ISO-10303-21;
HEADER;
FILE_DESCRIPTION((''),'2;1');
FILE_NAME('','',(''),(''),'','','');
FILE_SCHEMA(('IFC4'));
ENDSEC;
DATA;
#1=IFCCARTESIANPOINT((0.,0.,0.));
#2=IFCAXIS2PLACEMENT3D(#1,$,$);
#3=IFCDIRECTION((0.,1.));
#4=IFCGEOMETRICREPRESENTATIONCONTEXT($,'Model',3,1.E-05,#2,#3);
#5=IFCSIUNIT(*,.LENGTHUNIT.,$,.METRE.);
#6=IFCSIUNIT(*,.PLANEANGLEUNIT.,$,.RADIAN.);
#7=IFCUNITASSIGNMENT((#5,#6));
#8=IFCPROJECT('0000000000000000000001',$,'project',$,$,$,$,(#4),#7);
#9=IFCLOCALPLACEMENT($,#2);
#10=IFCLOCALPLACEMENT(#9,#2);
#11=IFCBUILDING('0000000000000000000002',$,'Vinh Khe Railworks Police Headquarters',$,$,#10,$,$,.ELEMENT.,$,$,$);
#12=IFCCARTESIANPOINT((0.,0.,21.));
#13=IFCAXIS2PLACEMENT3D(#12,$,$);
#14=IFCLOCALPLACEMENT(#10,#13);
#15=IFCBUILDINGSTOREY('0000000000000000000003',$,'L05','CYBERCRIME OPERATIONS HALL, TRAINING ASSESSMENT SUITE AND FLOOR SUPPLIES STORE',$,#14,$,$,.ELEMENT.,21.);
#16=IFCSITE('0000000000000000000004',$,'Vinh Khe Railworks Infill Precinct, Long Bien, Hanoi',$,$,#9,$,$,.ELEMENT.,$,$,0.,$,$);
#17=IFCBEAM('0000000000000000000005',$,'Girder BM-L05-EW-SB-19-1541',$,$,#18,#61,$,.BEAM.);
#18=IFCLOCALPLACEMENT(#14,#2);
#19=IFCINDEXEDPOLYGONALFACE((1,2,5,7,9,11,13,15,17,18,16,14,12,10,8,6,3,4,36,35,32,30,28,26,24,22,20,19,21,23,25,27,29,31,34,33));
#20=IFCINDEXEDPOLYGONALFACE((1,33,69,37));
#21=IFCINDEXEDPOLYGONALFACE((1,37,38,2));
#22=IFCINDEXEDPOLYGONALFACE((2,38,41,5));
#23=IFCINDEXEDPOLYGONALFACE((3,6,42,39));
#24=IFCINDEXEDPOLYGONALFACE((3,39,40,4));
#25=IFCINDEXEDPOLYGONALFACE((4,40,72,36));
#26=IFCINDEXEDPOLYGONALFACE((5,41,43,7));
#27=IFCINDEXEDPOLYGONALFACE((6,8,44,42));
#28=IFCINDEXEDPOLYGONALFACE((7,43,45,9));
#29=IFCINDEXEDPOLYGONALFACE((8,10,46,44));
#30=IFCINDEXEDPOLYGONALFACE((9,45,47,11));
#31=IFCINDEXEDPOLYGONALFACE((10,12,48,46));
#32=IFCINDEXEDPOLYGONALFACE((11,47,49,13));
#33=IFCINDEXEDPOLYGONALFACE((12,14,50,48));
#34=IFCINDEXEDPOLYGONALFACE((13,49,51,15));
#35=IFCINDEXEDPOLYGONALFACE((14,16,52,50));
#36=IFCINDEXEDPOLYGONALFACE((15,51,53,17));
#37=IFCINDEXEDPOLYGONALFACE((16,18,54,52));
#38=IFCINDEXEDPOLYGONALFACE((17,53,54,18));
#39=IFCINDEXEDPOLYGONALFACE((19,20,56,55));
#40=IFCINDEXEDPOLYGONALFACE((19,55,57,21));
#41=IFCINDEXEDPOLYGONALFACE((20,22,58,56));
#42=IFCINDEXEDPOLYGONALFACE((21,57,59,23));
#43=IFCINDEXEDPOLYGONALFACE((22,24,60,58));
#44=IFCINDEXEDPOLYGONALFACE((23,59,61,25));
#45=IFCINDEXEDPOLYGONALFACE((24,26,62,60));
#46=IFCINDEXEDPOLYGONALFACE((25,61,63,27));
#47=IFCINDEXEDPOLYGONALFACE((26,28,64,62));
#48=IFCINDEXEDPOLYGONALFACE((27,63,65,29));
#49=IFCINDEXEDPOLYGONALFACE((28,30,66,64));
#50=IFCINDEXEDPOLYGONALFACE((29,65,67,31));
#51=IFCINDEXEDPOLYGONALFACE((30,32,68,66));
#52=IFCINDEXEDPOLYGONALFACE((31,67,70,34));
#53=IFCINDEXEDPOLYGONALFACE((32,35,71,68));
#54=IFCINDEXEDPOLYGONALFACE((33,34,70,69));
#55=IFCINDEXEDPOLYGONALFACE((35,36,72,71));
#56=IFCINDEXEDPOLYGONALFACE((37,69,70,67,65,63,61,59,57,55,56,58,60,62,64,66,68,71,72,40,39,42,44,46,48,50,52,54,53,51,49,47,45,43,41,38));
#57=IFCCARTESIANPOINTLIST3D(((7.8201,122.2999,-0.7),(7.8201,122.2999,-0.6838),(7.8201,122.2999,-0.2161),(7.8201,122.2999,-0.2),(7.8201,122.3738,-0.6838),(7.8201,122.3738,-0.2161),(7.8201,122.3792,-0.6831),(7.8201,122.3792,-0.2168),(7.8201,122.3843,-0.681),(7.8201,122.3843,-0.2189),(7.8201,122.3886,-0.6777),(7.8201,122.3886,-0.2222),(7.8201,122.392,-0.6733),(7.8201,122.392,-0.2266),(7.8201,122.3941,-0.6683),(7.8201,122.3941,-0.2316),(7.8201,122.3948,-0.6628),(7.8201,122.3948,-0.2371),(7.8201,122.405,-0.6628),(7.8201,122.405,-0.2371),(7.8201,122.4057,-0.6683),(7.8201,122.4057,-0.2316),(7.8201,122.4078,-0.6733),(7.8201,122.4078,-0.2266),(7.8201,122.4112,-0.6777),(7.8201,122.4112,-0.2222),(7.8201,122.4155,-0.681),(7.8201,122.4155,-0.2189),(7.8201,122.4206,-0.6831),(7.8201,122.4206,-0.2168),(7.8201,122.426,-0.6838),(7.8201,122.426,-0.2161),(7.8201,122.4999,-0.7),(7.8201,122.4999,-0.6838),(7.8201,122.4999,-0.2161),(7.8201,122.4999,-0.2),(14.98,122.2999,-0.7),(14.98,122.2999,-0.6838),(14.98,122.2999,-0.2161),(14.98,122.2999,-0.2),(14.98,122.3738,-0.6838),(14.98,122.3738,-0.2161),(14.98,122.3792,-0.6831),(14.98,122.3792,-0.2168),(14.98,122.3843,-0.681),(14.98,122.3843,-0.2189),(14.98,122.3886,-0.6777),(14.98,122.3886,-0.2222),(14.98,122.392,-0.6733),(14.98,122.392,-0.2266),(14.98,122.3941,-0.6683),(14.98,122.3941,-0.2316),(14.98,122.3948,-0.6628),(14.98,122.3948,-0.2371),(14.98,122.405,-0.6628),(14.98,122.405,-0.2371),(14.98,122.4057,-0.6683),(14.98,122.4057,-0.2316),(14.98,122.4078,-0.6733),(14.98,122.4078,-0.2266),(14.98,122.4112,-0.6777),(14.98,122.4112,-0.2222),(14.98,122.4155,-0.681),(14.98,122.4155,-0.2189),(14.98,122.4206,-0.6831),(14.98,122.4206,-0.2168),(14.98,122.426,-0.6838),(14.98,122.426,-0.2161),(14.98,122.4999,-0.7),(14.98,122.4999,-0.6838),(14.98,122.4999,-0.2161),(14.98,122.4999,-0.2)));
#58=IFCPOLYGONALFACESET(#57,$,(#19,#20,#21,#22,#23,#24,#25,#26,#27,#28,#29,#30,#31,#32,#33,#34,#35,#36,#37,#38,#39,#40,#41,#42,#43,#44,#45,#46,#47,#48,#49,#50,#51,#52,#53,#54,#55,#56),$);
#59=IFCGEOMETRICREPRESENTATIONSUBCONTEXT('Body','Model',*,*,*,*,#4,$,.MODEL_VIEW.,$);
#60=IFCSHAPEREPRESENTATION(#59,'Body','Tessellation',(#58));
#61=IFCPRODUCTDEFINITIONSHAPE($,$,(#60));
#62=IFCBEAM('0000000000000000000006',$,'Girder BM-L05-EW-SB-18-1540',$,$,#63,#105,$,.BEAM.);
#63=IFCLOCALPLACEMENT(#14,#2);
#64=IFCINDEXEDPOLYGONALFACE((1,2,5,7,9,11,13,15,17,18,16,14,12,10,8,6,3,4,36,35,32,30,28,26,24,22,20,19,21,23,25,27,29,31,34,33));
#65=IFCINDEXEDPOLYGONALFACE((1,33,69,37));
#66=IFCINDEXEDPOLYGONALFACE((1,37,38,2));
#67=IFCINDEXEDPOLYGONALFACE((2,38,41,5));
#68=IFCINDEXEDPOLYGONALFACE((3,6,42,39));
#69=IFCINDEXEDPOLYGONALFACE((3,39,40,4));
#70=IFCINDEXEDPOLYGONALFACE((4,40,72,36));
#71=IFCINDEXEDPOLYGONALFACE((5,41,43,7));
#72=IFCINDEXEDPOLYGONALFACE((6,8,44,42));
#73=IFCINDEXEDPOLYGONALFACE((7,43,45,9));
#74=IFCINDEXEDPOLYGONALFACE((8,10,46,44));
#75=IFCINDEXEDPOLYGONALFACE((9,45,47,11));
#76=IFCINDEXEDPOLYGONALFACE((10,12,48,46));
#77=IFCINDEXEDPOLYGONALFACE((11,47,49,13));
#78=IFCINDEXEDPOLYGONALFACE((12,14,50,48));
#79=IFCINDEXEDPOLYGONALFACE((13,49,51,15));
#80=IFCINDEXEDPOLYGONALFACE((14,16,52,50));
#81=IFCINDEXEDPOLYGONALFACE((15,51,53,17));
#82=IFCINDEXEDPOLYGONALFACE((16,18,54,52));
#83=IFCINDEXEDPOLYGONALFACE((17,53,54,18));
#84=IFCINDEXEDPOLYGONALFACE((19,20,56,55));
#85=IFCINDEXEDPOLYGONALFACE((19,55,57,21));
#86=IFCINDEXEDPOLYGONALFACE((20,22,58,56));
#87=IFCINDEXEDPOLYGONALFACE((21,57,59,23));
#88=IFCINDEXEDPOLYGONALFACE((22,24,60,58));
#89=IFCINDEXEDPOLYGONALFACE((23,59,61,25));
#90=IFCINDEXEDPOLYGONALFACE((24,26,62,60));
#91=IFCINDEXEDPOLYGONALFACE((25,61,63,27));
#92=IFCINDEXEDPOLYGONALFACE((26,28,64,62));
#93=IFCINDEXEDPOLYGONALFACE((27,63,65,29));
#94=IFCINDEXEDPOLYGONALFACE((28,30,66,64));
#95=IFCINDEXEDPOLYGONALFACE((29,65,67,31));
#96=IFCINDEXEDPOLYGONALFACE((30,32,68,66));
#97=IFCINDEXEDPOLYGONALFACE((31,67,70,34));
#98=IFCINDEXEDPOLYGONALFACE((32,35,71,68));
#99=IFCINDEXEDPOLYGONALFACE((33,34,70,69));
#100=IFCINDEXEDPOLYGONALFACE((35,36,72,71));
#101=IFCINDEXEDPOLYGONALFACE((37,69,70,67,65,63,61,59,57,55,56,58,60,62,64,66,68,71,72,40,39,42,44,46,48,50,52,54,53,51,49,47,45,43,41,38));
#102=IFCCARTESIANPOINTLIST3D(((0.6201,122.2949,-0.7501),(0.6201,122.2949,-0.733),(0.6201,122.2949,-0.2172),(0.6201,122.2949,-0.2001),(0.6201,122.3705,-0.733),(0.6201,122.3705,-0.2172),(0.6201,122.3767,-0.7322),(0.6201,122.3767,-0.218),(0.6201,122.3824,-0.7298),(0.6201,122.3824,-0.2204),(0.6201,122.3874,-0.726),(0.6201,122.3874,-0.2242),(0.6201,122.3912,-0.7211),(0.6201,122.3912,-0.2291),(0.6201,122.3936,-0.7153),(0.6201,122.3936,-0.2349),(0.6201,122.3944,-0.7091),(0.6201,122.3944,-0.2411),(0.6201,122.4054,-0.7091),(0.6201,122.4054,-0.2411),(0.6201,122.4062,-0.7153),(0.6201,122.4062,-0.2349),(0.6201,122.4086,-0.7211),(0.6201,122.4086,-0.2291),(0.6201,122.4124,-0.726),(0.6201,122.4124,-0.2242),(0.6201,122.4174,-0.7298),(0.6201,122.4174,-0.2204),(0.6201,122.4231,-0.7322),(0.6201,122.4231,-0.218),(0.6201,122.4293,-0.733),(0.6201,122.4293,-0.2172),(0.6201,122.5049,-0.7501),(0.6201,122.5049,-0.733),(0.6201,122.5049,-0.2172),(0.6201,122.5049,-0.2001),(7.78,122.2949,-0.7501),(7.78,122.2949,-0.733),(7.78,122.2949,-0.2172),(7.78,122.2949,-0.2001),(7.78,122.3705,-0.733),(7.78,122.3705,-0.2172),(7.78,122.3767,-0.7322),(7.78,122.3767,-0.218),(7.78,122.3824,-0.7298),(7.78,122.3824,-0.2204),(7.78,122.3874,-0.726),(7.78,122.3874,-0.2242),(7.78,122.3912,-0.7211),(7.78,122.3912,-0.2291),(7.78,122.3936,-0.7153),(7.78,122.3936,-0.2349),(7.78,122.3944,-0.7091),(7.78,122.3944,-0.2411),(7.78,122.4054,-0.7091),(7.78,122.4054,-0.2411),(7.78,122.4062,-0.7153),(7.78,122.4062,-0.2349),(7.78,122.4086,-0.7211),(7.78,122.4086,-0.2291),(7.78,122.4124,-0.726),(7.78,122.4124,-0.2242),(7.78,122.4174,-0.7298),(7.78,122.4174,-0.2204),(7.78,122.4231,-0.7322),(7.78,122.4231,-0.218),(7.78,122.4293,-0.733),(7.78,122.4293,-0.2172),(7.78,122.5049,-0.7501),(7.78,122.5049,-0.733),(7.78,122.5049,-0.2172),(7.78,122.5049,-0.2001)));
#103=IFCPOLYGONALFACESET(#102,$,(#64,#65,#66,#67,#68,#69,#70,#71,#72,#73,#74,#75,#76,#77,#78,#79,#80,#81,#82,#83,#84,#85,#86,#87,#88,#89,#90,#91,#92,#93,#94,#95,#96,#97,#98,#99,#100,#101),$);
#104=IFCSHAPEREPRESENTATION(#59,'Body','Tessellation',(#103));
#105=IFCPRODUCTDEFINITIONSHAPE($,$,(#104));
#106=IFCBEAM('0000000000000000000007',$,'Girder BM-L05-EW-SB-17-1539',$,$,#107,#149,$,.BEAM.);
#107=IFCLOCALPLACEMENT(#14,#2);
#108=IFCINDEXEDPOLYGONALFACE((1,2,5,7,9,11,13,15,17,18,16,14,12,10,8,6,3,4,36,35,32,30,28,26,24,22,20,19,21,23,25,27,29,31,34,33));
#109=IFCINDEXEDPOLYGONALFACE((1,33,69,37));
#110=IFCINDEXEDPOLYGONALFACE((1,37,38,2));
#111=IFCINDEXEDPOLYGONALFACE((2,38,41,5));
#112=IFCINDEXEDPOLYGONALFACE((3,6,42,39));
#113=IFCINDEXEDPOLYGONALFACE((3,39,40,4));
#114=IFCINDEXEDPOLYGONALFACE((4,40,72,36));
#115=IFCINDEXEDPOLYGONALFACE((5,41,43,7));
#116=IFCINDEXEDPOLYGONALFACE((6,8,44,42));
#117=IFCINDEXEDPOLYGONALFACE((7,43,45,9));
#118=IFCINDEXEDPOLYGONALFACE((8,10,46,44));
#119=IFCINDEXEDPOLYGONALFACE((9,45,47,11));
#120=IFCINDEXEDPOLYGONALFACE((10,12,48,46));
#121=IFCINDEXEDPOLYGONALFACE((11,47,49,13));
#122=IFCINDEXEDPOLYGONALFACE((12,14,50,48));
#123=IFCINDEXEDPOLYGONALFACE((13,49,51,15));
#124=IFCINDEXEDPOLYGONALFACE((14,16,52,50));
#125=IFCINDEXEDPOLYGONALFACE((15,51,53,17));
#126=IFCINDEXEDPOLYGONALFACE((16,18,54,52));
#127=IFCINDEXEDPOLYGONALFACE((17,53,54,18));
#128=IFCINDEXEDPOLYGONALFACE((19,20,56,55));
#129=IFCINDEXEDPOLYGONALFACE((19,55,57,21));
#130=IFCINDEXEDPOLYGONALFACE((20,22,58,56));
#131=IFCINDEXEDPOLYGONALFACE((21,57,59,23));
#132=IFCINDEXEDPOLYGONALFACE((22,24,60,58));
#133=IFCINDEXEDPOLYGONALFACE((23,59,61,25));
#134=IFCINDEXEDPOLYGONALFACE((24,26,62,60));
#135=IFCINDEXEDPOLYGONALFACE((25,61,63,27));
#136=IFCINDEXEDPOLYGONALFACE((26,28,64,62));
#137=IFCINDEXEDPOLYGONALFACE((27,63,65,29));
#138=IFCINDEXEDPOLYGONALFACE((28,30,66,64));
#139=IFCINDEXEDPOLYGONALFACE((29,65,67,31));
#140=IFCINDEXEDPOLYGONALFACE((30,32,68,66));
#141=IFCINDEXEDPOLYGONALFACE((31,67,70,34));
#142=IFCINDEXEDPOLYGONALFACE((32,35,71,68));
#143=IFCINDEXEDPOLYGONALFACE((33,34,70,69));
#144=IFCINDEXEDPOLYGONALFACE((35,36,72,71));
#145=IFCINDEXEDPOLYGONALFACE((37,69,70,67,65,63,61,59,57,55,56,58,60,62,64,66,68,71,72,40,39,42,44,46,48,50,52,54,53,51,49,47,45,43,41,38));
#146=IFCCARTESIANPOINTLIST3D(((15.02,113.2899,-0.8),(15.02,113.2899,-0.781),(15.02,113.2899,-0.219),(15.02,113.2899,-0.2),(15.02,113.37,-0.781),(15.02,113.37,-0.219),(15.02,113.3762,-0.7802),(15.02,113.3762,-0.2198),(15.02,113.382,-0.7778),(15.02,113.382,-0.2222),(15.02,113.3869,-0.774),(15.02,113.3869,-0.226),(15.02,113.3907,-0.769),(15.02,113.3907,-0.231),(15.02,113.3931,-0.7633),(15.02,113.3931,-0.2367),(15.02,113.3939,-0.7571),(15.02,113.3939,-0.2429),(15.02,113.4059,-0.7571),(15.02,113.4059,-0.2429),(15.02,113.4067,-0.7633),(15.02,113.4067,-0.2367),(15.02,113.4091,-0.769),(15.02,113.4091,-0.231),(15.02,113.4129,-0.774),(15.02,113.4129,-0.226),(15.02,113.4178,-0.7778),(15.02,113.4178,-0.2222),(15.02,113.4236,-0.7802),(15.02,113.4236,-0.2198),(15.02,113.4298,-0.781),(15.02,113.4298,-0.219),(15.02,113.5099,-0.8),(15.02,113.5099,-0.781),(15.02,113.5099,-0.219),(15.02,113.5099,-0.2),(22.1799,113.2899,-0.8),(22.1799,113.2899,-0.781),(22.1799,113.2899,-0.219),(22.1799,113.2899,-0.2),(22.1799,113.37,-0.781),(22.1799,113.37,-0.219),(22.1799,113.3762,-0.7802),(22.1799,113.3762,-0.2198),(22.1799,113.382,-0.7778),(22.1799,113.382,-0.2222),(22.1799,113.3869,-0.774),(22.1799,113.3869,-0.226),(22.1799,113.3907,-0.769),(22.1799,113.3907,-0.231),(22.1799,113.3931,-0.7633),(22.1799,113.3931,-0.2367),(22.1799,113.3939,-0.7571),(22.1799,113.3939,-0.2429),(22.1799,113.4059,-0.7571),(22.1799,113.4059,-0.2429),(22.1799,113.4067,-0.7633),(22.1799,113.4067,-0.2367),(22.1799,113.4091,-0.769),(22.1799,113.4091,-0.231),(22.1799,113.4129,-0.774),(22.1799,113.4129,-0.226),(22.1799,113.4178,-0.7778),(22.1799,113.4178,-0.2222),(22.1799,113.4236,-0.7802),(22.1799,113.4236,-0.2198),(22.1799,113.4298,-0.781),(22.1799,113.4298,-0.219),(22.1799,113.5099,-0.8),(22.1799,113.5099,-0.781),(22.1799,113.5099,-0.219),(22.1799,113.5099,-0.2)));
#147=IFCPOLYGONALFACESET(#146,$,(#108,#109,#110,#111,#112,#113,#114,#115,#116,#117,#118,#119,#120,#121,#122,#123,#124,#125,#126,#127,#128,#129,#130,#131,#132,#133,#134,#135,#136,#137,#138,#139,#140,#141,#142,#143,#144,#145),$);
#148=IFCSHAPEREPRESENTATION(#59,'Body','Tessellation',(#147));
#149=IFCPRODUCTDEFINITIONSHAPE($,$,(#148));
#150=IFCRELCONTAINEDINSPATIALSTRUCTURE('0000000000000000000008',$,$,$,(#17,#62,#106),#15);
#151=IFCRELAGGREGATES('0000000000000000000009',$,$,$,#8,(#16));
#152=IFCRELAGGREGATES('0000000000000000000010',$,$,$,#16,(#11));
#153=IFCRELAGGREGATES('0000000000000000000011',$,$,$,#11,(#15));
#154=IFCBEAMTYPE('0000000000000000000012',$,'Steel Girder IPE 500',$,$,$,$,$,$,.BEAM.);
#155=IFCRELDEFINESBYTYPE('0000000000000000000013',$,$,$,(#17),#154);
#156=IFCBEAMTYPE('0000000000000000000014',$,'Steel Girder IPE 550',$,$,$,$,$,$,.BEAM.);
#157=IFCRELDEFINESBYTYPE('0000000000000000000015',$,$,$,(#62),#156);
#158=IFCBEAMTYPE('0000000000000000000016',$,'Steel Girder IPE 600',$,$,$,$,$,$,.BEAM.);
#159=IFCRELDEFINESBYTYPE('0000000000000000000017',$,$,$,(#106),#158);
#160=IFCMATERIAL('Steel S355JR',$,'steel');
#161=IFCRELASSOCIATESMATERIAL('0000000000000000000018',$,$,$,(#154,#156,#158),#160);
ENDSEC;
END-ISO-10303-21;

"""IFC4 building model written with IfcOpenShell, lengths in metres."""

from ifc_helpers import new_model, si_unit, direction, frame, origin, origin_2d, place, context, subcontext, project, spatial, i_section, extrude, material, material_profile, profile_set, type_object, element, save


model = new_model("IFC4")

# Units and contexts
model_context = context("Model", 3, precision=1e-05, world=origin(), true_north=direction((0.0, 1.0)))
body_context = subcontext(model_context, "Body", "Model", "MODEL_VIEW")
ifc_project = project(units=[si_unit("LENGTHUNIT", "METRE"), si_unit("PLANEANGLEUNIT", "RADIAN")], contexts=[model_context])

# Site, building, storey
site_placement = place(None, origin())
site = spatial("IfcSite", under=ifc_project, at=site_placement, Name="Vinh Khe Railworks Infill Precinct, Long Bien, Hanoi", CompositionType="ELEMENT", RefElevation=0.0)
building_placement = place(site_placement, origin())
building = spatial("IfcBuilding", under=site, at=building_placement, Name="Vinh Khe Railworks Police Headquarters", CompositionType="ELEMENT")
storey_placement = place(building_placement, frame((0.0, 0.0, 21.0)))
storey = spatial("IfcBuildingStorey", under=building, at=storey_placement, Name="L05", Description="CYBERCRIME OPERATIONS HALL, TRAINING ASSESSMENT SUITE AND FLOOR SUPPLIES STORE", CompositionType="ELEMENT", Elevation=21.0)

# Shared definitions
ifc_material_1 = material(Name="Steel S355JR", Category="steel")

# Beams
ifc_material_profile_1 = material_profile(ifc_material_1, i_section(OverallWidth=0.2, OverallDepth=0.5, WebThickness=0.0103, FlangeThickness=0.0161, FilletRadius=0.021, at=origin_2d()), Name="IPE 500")
ifc_profile_set_1 = profile_set([ifc_material_profile_1], Name="Steel S355JR")
beam_type_1 = type_object("IfcBeamType", Name="Steel Girder IPE 500", PredefinedType="BEAM", material=ifc_profile_set_1)
beam_1_placement = place(storey_placement, frame((7.8201, 122.3999, -0.45), z_axis=(1.0, 0.0, 0.0), x_axis=(0.0, 1.0, 0.0)))
element("IfcBeam", 1, at=beam_1_placement, inside=storey, type_object=beam_type_1, Name="Girder BM-L05-EW-SB-19-1541", PredefinedType="BEAM", context=body_context, shape_type="SweptSolid", body=[
    extrude(i_section(OverallWidth=0.2, OverallDepth=0.5, WebThickness=0.0103, FlangeThickness=0.0161, FilletRadius=0.021, at=origin_2d()), origin(), (0.0, 0.0, 1.0), 7.1599),
])
ifc_material_profile_2 = material_profile(ifc_material_1, i_section(OverallWidth=0.21, OverallDepth=0.55, WebThickness=0.011, FlangeThickness=0.0171, FilletRadius=0.0239, at=origin_2d()), Name="IPE 550")
ifc_profile_set_2 = profile_set([ifc_material_profile_2], Name="Steel S355JR")
beam_type_2 = type_object("IfcBeamType", Name="Steel Girder IPE 550", PredefinedType="BEAM", material=ifc_profile_set_2)
beam_2_placement = place(storey_placement, frame((0.6201, 122.3999, -0.4751), z_axis=(1.0, 0.0, 0.0), x_axis=(0.0, 1.0, 0.0)))
element("IfcBeam", 2, at=beam_2_placement, inside=storey, type_object=beam_type_2, Name="Girder BM-L05-EW-SB-18-1540", PredefinedType="BEAM", context=body_context, shape_type="SweptSolid", body=[
    extrude(i_section(OverallWidth=0.21, OverallDepth=0.55, WebThickness=0.011, FlangeThickness=0.0171, FilletRadius=0.0239, at=origin_2d()), origin(), (0.0, 0.0, 1.0), 7.1599),
])
ifc_material_profile_3 = material_profile(ifc_material_1, i_section(OverallWidth=0.22, OverallDepth=0.6001, WebThickness=0.012, FlangeThickness=0.019, FilletRadius=0.0239, at=origin_2d()), Name="IPE 600")
ifc_profile_set_3 = profile_set([ifc_material_profile_3], Name="Steel S355JR")
beam_type_3 = type_object("IfcBeamType", Name="Steel Girder IPE 600", PredefinedType="BEAM", material=ifc_profile_set_3)
beam_3_placement = place(storey_placement, frame((15.02, 113.3999, -0.5), z_axis=(1.0, 0.0, 0.0), x_axis=(0.0, 1.0, 0.0)))
element("IfcBeam", 3, at=beam_3_placement, inside=storey, type_object=beam_type_3, Name="Girder BM-L05-EW-SB-17-1539", PredefinedType="BEAM", context=body_context, shape_type="SweptSolid", body=[
    extrude(i_section(OverallWidth=0.22, OverallDepth=0.6001, WebThickness=0.012, FlangeThickness=0.019, FilletRadius=0.0239, at=origin_2d()), origin(), (0.0, 0.0, 1.0), 7.1599),
])

save(model, "model.ifc")
